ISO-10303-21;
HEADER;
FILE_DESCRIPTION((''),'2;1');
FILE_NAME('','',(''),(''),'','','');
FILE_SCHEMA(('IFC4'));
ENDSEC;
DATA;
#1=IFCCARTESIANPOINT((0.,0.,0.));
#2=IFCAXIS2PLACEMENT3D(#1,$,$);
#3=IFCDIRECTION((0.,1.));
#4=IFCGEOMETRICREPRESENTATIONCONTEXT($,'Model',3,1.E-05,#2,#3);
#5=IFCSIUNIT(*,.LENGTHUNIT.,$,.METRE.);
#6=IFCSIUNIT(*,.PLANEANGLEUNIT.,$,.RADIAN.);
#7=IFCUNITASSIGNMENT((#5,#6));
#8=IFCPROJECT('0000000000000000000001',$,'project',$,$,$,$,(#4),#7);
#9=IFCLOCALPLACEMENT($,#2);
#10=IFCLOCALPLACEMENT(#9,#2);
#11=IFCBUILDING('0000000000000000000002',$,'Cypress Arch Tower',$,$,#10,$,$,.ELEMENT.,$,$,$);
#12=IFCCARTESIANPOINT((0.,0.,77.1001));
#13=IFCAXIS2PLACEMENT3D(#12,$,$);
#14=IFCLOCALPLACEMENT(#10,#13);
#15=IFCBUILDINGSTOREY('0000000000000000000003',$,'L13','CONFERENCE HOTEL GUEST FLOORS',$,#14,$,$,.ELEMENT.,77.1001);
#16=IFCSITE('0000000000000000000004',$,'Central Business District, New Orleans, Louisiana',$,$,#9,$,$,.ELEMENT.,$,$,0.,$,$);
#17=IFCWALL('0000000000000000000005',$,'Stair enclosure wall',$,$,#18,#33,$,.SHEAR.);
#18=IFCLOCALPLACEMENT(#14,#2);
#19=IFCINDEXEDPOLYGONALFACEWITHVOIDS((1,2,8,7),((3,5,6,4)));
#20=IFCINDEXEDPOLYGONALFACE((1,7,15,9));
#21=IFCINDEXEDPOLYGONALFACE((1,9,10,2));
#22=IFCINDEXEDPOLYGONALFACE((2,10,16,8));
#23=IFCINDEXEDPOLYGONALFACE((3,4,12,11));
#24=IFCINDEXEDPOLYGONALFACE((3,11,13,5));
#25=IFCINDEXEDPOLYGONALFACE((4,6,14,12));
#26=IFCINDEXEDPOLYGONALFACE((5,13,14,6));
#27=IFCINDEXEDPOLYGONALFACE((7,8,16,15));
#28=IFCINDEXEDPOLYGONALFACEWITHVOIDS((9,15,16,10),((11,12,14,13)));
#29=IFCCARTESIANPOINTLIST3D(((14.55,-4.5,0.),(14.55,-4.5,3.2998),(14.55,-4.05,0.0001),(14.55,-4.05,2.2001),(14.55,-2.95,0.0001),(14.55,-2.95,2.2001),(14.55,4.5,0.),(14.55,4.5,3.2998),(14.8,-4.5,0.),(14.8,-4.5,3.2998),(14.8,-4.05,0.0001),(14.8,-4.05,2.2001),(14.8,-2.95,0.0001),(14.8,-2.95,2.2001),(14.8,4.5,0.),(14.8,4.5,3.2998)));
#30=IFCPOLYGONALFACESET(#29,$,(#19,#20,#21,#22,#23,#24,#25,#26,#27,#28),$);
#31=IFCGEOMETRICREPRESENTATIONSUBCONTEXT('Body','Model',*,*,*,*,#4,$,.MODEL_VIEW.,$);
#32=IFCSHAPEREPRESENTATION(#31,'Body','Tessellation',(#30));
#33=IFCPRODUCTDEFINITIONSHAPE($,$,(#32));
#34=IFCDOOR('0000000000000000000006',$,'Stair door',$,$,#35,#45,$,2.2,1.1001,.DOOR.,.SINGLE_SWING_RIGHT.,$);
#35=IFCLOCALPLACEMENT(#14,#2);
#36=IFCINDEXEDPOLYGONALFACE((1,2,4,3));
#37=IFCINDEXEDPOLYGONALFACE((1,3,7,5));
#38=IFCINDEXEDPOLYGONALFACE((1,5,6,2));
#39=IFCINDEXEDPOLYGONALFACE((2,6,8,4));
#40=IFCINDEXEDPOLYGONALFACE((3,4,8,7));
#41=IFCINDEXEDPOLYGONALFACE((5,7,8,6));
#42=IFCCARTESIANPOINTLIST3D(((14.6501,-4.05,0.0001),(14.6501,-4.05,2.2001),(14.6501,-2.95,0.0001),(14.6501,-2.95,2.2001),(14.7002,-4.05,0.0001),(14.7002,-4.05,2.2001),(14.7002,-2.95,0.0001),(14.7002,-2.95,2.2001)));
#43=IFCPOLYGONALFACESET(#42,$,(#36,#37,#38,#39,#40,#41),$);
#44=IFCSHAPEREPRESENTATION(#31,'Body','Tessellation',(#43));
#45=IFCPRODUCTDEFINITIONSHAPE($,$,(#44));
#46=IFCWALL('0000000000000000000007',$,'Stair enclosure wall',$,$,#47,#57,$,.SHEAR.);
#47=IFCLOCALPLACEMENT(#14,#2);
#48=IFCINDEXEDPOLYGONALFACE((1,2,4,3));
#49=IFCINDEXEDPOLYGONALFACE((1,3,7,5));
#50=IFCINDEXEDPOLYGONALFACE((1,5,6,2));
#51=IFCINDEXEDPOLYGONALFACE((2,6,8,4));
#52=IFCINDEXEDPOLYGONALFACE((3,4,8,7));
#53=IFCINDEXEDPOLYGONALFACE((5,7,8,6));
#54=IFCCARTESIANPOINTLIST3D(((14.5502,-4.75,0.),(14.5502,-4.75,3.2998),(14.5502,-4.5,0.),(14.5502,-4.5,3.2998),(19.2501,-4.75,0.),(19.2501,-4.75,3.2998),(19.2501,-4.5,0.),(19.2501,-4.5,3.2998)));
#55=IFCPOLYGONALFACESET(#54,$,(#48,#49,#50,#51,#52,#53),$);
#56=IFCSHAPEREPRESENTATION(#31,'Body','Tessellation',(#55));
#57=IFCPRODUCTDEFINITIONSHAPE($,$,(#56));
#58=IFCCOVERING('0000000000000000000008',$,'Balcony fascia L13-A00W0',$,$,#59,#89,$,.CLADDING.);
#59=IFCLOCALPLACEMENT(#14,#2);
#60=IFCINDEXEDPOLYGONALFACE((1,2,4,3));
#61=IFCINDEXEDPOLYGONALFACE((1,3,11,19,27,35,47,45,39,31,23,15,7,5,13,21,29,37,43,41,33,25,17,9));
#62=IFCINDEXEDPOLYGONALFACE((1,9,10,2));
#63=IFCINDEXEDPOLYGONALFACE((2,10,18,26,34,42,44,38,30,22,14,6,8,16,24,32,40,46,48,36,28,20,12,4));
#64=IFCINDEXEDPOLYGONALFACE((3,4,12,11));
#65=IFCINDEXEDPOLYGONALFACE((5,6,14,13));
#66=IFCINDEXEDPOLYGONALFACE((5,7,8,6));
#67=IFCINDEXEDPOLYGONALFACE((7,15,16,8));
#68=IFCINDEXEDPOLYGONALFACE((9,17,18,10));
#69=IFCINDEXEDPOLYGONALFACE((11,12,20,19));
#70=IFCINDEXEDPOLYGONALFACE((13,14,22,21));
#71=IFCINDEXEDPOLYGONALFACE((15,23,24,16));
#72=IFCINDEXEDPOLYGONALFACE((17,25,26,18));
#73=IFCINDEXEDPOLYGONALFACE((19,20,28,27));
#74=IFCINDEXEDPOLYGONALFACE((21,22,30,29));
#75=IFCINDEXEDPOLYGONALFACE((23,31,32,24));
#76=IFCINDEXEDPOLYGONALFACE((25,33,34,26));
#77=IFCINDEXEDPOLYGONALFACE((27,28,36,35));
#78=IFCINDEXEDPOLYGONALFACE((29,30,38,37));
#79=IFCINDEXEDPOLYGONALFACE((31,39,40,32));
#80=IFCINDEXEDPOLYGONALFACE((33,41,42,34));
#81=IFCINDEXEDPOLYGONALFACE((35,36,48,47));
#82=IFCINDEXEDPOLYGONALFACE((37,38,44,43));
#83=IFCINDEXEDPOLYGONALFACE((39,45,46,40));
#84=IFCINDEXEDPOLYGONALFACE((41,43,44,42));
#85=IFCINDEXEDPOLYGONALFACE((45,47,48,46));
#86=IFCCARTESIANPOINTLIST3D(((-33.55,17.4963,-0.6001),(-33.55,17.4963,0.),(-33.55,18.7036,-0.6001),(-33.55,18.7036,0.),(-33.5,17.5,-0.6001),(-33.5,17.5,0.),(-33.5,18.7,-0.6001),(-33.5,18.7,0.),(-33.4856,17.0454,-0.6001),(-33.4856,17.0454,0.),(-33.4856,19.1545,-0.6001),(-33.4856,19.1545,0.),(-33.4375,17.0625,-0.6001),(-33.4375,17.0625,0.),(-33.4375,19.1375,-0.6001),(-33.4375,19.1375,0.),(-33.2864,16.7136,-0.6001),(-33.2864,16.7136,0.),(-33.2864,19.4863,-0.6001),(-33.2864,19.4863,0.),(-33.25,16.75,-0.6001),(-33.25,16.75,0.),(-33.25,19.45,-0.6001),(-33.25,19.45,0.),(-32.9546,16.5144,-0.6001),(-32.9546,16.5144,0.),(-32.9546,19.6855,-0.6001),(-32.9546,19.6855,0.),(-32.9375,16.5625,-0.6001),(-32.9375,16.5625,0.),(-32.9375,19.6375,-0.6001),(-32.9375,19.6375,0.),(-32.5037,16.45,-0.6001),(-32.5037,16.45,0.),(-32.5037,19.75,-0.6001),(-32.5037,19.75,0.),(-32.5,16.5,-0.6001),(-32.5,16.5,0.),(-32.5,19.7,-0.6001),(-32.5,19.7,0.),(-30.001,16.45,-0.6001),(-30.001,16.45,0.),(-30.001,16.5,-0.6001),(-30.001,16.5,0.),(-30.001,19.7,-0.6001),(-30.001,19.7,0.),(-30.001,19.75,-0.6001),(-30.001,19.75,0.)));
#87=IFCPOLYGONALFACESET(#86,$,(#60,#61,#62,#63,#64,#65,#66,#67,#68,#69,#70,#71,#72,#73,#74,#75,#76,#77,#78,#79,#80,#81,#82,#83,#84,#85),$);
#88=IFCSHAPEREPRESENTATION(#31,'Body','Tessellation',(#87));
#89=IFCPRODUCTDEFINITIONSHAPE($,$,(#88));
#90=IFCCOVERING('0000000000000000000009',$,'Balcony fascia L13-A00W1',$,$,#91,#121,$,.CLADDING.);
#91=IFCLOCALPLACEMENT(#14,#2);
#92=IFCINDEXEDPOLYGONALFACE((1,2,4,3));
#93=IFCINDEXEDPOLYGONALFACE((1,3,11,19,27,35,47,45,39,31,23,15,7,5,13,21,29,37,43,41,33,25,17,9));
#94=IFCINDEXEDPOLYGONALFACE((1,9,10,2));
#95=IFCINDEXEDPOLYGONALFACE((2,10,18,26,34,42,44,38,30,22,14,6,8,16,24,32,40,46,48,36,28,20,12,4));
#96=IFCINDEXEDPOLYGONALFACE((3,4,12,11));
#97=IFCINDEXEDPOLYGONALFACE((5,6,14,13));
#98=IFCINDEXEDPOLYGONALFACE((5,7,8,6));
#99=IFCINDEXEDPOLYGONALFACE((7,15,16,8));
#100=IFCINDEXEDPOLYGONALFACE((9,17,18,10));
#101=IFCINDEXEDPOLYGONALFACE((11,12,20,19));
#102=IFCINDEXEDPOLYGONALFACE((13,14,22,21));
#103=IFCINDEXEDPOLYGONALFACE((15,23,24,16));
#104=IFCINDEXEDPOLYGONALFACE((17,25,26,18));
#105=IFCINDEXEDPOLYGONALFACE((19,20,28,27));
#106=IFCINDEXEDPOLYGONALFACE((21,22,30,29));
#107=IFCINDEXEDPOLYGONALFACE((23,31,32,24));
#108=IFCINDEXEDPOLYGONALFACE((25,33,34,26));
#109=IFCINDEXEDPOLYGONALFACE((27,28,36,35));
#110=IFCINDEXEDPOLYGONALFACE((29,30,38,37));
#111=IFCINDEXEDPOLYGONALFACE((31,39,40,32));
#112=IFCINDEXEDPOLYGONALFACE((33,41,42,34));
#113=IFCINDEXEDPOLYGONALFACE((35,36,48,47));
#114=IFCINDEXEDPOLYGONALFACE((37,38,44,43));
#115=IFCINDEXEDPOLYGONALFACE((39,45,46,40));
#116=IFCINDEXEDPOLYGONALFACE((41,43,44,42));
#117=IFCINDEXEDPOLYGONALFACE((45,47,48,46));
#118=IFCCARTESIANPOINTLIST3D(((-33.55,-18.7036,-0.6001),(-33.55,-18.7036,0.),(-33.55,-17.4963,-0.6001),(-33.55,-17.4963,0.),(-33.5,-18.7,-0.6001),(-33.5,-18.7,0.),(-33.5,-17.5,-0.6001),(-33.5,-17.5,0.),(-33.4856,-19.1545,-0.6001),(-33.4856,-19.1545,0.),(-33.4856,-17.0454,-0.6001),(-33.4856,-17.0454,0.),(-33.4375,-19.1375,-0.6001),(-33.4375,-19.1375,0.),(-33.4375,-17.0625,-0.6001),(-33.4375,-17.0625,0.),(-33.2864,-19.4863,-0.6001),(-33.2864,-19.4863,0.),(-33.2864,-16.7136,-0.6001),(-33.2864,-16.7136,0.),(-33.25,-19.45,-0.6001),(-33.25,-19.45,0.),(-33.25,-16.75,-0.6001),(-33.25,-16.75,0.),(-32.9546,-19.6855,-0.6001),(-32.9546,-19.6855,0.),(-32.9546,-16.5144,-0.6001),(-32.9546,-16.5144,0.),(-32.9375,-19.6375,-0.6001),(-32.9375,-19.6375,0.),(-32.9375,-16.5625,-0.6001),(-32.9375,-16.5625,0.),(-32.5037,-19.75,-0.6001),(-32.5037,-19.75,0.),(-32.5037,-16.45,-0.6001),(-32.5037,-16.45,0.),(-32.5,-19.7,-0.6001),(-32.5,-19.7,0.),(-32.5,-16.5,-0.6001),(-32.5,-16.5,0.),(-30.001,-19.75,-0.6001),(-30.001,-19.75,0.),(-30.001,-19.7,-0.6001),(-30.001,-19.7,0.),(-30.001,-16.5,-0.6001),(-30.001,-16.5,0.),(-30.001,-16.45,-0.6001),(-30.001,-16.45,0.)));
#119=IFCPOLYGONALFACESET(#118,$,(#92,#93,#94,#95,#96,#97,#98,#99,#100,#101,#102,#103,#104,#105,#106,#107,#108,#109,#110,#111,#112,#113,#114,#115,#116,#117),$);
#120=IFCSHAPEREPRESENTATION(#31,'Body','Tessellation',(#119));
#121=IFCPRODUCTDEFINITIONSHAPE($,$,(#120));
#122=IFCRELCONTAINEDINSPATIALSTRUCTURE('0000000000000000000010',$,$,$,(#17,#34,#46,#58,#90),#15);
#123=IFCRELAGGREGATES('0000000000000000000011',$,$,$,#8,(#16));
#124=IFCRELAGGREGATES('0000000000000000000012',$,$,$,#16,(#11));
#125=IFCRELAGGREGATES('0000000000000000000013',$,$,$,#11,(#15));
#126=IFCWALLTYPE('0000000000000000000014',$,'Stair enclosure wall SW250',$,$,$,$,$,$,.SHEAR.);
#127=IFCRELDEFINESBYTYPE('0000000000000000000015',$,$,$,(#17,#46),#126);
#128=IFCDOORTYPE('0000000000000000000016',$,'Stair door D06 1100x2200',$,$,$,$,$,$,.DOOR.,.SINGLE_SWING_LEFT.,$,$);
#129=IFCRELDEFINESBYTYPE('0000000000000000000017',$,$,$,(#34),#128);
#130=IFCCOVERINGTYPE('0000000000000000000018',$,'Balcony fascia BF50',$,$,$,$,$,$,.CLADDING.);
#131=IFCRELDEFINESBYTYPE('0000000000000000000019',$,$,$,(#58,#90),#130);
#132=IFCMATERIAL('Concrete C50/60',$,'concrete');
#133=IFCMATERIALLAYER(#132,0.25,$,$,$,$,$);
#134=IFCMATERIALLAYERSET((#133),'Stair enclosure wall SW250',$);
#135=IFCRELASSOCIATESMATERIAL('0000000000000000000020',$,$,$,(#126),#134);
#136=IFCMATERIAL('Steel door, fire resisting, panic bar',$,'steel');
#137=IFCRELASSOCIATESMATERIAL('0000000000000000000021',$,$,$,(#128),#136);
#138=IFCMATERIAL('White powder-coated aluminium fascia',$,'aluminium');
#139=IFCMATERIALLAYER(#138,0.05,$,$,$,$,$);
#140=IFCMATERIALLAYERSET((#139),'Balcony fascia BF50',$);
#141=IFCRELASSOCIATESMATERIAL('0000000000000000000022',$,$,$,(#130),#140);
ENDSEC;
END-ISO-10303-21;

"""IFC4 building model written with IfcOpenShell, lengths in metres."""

from ifc_helpers import new_model, si_unit, direction, frame, frame_2d, origin, place, context, subcontext, project, spatial, polyline, rectangle, outline, extrude, material, layer, layer_set, type_object, element, fill, save


model = new_model("IFC4")

# Units and contexts
model_context = context("Model", 3, precision=1e-05, world=origin(), true_north=direction((0.0, 1.0)))
body_context = subcontext(model_context, "Body", "Model", "MODEL_VIEW")
ifc_project = project(units=[si_unit("LENGTHUNIT", "METRE"), si_unit("PLANEANGLEUNIT", "RADIAN")], contexts=[model_context])

# Site, building, storey
site_placement = place(None, origin())
site = spatial("IfcSite", under=ifc_project, at=site_placement, Name="Central Business District, New Orleans, Louisiana", CompositionType="ELEMENT", RefElevation=0.0)
building_placement = place(site_placement, origin())
building = spatial("IfcBuilding", under=site, at=building_placement, Name="Cypress Arch Tower", CompositionType="ELEMENT")
storey_placement = place(building_placement, frame((0.0, 0.0, 77.1001)))
storey = spatial("IfcBuildingStorey", under=building, at=storey_placement, Name="L13", Description="CONFERENCE HOTEL GUEST FLOORS", CompositionType="ELEMENT", Elevation=77.1001)

# Wall, opening, door
ifc_material_1 = material(Name="Concrete C50/60", Category="concrete")
ifc_layer_1 = layer(ifc_material_1, 0.25)
ifc_layer_set_1 = layer_set([ifc_layer_1], Name="Stair enclosure wall SW250")
wall_type_1 = type_object("IfcWallType", Name="Stair enclosure wall SW250", PredefinedType="SHEAR", material=ifc_layer_set_1)
wall_1_placement = place(storey_placement, frame((14.675, -4.5, 0.0), z_axis=(0.0, 0.0, 1.0), x_axis=(0.0, 1.0, 0.0)))
wall_1 = element("IfcWall", 1, at=wall_1_placement, inside=storey, type_object=wall_type_1, Name="Stair enclosure wall", PredefinedType="SHEAR", context=body_context, shape_type="SweptSolid", body=[
    extrude(rectangle(XDim=9.0, YDim=0.25, at=frame_2d((4.5, 0.0))), origin(), (0.0, 0.0, 1.0), 3.2998),
])
opening_1_placement = place(wall_1_placement, frame((0.45, 0.0, 0.0)))
opening_1 = element("IfcOpeningElement", 2, at=opening_1_placement, cuts=wall_1, PredefinedType="OPENING", context=body_context, shape_type="SweptSolid", body=[
    extrude(rectangle(XDim=1.1001, YDim=2.2, at=frame_2d((0.55, 1.1001))), frame((0.0, 0.135, 0.0), z_axis=(0.0, -1.0, 0.0), x_axis=(1.0, 0.0, 0.0)), (0.0, 0.0, 1.0), 0.27),
])
ifc_material_2 = material(Name="Steel door, fire resisting, panic bar", Category="steel")
door_type_1 = type_object("IfcDoorType", Name="Stair door D06 1100x2200", OperationType="SINGLE_SWING_LEFT", PredefinedType="DOOR", material=ifc_material_2)
door_1_placement = place(opening_1_placement, origin())
door_1 = element("IfcDoor", 3, at=door_1_placement, inside=storey, type_object=door_type_1, Name="Stair door", OperationType="SINGLE_SWING_RIGHT", OverallHeight=2.2, OverallWidth=1.1001, PredefinedType="DOOR", context=body_context, shape_type="SweptSolid", body=[
    extrude(rectangle(XDim=1.1001, YDim=2.2, at=frame_2d((0.55, 1.1001))), frame((0.0, 0.0249, 0.0), z_axis=(0.0, -1.0, 0.0), x_axis=(1.0, 0.0, 0.0)), (0.0, 0.0, 1.0), 0.05),
])
fill(opening_1, door_1)

# Wall
wall_2_placement = place(storey_placement, frame((14.55, -4.625, 0.0), z_axis=(0.0, 0.0, 1.0), x_axis=(1.0, 0.0, 0.0)))
element("IfcWall", 4, at=wall_2_placement, inside=storey, type_object=wall_type_1, Name="Stair enclosure wall", PredefinedType="SHEAR", context=body_context, shape_type="SweptSolid", body=[
    extrude(rectangle(XDim=4.7, YDim=0.25, at=frame_2d((2.3501, 0.0))), origin(), (0.0, 0.0, 1.0), 3.2998),
])

# Coverings
ifc_material_3 = material(Name="White powder-coated aluminium fascia", Category="aluminium")
ifc_layer_2 = layer(ifc_material_3, 0.05)
ifc_layer_set_2 = layer_set([ifc_layer_2], Name="Balcony fascia BF50")
covering_type = type_object("IfcCoveringType", Name="Balcony fascia BF50", PredefinedType="CLADDING", material=ifc_layer_set_2)
covering_1_placement = place(storey_placement, frame((0.0, 0.0, -0.6001)))
element("IfcCovering", 5, at=covering_1_placement, inside=storey, type_object=covering_type, Name="Balcony fascia L13-A00W0", PredefinedType="CLADDING", context=body_context, shape_type="SweptSolid", body=[
    extrude(outline(polyline([(-32.5037, 16.45), (-32.9546, 16.5144), (-33.2864, 16.7136), (-33.4856, 17.0454), (-33.55, 17.4963), (-33.55, 18.7036), (-33.4856, 19.1545), (-33.2864, 19.4863), (-32.9546, 19.6855), (-32.5037, 19.75), (-30.001, 19.75), (-30.001, 19.7), (-32.5, 19.7), (-32.9375, 19.6375), (-33.25, 19.45), (-33.4375, 19.1375), (-33.5, 18.7), (-33.5, 17.5), (-33.4375, 17.0625), (-33.25, 16.75), (-32.9375, 16.5625), (-32.5, 16.5), (-30.001, 16.5), (-30.001, 16.45), (-32.5037, 16.45)])), origin(), (0.0, 0.0, 1.0), 0.6001),
])
covering_2_placement = place(storey_placement, frame((0.0, 0.0, -0.6001)))
element("IfcCovering", 6, at=covering_2_placement, inside=storey, type_object=covering_type, Name="Balcony fascia L13-A00W1", PredefinedType="CLADDING", context=body_context, shape_type="SweptSolid", body=[
    extrude(outline(polyline([(-32.5037, -19.75), (-32.9546, -19.6855), (-33.2864, -19.4863), (-33.4856, -19.1545), (-33.55, -18.7036), (-33.55, -17.4963), (-33.4856, -17.0454), (-33.2864, -16.7136), (-32.9546, -16.5144), (-32.5037, -16.45), (-30.001, -16.45), (-30.001, -16.5), (-32.5, -16.5), (-32.9375, -16.5625), (-33.25, -16.75), (-33.4375, -17.0625), (-33.5, -17.5), (-33.5, -18.7), (-33.4375, -19.1375), (-33.25, -19.45), (-32.9375, -19.6375), (-32.5, -19.7), (-30.001, -19.7), (-30.001, -19.75), (-32.5037, -19.75)])), origin(), (0.0, 0.0, 1.0), 0.6001),
])

save(model, "model.ifc")
